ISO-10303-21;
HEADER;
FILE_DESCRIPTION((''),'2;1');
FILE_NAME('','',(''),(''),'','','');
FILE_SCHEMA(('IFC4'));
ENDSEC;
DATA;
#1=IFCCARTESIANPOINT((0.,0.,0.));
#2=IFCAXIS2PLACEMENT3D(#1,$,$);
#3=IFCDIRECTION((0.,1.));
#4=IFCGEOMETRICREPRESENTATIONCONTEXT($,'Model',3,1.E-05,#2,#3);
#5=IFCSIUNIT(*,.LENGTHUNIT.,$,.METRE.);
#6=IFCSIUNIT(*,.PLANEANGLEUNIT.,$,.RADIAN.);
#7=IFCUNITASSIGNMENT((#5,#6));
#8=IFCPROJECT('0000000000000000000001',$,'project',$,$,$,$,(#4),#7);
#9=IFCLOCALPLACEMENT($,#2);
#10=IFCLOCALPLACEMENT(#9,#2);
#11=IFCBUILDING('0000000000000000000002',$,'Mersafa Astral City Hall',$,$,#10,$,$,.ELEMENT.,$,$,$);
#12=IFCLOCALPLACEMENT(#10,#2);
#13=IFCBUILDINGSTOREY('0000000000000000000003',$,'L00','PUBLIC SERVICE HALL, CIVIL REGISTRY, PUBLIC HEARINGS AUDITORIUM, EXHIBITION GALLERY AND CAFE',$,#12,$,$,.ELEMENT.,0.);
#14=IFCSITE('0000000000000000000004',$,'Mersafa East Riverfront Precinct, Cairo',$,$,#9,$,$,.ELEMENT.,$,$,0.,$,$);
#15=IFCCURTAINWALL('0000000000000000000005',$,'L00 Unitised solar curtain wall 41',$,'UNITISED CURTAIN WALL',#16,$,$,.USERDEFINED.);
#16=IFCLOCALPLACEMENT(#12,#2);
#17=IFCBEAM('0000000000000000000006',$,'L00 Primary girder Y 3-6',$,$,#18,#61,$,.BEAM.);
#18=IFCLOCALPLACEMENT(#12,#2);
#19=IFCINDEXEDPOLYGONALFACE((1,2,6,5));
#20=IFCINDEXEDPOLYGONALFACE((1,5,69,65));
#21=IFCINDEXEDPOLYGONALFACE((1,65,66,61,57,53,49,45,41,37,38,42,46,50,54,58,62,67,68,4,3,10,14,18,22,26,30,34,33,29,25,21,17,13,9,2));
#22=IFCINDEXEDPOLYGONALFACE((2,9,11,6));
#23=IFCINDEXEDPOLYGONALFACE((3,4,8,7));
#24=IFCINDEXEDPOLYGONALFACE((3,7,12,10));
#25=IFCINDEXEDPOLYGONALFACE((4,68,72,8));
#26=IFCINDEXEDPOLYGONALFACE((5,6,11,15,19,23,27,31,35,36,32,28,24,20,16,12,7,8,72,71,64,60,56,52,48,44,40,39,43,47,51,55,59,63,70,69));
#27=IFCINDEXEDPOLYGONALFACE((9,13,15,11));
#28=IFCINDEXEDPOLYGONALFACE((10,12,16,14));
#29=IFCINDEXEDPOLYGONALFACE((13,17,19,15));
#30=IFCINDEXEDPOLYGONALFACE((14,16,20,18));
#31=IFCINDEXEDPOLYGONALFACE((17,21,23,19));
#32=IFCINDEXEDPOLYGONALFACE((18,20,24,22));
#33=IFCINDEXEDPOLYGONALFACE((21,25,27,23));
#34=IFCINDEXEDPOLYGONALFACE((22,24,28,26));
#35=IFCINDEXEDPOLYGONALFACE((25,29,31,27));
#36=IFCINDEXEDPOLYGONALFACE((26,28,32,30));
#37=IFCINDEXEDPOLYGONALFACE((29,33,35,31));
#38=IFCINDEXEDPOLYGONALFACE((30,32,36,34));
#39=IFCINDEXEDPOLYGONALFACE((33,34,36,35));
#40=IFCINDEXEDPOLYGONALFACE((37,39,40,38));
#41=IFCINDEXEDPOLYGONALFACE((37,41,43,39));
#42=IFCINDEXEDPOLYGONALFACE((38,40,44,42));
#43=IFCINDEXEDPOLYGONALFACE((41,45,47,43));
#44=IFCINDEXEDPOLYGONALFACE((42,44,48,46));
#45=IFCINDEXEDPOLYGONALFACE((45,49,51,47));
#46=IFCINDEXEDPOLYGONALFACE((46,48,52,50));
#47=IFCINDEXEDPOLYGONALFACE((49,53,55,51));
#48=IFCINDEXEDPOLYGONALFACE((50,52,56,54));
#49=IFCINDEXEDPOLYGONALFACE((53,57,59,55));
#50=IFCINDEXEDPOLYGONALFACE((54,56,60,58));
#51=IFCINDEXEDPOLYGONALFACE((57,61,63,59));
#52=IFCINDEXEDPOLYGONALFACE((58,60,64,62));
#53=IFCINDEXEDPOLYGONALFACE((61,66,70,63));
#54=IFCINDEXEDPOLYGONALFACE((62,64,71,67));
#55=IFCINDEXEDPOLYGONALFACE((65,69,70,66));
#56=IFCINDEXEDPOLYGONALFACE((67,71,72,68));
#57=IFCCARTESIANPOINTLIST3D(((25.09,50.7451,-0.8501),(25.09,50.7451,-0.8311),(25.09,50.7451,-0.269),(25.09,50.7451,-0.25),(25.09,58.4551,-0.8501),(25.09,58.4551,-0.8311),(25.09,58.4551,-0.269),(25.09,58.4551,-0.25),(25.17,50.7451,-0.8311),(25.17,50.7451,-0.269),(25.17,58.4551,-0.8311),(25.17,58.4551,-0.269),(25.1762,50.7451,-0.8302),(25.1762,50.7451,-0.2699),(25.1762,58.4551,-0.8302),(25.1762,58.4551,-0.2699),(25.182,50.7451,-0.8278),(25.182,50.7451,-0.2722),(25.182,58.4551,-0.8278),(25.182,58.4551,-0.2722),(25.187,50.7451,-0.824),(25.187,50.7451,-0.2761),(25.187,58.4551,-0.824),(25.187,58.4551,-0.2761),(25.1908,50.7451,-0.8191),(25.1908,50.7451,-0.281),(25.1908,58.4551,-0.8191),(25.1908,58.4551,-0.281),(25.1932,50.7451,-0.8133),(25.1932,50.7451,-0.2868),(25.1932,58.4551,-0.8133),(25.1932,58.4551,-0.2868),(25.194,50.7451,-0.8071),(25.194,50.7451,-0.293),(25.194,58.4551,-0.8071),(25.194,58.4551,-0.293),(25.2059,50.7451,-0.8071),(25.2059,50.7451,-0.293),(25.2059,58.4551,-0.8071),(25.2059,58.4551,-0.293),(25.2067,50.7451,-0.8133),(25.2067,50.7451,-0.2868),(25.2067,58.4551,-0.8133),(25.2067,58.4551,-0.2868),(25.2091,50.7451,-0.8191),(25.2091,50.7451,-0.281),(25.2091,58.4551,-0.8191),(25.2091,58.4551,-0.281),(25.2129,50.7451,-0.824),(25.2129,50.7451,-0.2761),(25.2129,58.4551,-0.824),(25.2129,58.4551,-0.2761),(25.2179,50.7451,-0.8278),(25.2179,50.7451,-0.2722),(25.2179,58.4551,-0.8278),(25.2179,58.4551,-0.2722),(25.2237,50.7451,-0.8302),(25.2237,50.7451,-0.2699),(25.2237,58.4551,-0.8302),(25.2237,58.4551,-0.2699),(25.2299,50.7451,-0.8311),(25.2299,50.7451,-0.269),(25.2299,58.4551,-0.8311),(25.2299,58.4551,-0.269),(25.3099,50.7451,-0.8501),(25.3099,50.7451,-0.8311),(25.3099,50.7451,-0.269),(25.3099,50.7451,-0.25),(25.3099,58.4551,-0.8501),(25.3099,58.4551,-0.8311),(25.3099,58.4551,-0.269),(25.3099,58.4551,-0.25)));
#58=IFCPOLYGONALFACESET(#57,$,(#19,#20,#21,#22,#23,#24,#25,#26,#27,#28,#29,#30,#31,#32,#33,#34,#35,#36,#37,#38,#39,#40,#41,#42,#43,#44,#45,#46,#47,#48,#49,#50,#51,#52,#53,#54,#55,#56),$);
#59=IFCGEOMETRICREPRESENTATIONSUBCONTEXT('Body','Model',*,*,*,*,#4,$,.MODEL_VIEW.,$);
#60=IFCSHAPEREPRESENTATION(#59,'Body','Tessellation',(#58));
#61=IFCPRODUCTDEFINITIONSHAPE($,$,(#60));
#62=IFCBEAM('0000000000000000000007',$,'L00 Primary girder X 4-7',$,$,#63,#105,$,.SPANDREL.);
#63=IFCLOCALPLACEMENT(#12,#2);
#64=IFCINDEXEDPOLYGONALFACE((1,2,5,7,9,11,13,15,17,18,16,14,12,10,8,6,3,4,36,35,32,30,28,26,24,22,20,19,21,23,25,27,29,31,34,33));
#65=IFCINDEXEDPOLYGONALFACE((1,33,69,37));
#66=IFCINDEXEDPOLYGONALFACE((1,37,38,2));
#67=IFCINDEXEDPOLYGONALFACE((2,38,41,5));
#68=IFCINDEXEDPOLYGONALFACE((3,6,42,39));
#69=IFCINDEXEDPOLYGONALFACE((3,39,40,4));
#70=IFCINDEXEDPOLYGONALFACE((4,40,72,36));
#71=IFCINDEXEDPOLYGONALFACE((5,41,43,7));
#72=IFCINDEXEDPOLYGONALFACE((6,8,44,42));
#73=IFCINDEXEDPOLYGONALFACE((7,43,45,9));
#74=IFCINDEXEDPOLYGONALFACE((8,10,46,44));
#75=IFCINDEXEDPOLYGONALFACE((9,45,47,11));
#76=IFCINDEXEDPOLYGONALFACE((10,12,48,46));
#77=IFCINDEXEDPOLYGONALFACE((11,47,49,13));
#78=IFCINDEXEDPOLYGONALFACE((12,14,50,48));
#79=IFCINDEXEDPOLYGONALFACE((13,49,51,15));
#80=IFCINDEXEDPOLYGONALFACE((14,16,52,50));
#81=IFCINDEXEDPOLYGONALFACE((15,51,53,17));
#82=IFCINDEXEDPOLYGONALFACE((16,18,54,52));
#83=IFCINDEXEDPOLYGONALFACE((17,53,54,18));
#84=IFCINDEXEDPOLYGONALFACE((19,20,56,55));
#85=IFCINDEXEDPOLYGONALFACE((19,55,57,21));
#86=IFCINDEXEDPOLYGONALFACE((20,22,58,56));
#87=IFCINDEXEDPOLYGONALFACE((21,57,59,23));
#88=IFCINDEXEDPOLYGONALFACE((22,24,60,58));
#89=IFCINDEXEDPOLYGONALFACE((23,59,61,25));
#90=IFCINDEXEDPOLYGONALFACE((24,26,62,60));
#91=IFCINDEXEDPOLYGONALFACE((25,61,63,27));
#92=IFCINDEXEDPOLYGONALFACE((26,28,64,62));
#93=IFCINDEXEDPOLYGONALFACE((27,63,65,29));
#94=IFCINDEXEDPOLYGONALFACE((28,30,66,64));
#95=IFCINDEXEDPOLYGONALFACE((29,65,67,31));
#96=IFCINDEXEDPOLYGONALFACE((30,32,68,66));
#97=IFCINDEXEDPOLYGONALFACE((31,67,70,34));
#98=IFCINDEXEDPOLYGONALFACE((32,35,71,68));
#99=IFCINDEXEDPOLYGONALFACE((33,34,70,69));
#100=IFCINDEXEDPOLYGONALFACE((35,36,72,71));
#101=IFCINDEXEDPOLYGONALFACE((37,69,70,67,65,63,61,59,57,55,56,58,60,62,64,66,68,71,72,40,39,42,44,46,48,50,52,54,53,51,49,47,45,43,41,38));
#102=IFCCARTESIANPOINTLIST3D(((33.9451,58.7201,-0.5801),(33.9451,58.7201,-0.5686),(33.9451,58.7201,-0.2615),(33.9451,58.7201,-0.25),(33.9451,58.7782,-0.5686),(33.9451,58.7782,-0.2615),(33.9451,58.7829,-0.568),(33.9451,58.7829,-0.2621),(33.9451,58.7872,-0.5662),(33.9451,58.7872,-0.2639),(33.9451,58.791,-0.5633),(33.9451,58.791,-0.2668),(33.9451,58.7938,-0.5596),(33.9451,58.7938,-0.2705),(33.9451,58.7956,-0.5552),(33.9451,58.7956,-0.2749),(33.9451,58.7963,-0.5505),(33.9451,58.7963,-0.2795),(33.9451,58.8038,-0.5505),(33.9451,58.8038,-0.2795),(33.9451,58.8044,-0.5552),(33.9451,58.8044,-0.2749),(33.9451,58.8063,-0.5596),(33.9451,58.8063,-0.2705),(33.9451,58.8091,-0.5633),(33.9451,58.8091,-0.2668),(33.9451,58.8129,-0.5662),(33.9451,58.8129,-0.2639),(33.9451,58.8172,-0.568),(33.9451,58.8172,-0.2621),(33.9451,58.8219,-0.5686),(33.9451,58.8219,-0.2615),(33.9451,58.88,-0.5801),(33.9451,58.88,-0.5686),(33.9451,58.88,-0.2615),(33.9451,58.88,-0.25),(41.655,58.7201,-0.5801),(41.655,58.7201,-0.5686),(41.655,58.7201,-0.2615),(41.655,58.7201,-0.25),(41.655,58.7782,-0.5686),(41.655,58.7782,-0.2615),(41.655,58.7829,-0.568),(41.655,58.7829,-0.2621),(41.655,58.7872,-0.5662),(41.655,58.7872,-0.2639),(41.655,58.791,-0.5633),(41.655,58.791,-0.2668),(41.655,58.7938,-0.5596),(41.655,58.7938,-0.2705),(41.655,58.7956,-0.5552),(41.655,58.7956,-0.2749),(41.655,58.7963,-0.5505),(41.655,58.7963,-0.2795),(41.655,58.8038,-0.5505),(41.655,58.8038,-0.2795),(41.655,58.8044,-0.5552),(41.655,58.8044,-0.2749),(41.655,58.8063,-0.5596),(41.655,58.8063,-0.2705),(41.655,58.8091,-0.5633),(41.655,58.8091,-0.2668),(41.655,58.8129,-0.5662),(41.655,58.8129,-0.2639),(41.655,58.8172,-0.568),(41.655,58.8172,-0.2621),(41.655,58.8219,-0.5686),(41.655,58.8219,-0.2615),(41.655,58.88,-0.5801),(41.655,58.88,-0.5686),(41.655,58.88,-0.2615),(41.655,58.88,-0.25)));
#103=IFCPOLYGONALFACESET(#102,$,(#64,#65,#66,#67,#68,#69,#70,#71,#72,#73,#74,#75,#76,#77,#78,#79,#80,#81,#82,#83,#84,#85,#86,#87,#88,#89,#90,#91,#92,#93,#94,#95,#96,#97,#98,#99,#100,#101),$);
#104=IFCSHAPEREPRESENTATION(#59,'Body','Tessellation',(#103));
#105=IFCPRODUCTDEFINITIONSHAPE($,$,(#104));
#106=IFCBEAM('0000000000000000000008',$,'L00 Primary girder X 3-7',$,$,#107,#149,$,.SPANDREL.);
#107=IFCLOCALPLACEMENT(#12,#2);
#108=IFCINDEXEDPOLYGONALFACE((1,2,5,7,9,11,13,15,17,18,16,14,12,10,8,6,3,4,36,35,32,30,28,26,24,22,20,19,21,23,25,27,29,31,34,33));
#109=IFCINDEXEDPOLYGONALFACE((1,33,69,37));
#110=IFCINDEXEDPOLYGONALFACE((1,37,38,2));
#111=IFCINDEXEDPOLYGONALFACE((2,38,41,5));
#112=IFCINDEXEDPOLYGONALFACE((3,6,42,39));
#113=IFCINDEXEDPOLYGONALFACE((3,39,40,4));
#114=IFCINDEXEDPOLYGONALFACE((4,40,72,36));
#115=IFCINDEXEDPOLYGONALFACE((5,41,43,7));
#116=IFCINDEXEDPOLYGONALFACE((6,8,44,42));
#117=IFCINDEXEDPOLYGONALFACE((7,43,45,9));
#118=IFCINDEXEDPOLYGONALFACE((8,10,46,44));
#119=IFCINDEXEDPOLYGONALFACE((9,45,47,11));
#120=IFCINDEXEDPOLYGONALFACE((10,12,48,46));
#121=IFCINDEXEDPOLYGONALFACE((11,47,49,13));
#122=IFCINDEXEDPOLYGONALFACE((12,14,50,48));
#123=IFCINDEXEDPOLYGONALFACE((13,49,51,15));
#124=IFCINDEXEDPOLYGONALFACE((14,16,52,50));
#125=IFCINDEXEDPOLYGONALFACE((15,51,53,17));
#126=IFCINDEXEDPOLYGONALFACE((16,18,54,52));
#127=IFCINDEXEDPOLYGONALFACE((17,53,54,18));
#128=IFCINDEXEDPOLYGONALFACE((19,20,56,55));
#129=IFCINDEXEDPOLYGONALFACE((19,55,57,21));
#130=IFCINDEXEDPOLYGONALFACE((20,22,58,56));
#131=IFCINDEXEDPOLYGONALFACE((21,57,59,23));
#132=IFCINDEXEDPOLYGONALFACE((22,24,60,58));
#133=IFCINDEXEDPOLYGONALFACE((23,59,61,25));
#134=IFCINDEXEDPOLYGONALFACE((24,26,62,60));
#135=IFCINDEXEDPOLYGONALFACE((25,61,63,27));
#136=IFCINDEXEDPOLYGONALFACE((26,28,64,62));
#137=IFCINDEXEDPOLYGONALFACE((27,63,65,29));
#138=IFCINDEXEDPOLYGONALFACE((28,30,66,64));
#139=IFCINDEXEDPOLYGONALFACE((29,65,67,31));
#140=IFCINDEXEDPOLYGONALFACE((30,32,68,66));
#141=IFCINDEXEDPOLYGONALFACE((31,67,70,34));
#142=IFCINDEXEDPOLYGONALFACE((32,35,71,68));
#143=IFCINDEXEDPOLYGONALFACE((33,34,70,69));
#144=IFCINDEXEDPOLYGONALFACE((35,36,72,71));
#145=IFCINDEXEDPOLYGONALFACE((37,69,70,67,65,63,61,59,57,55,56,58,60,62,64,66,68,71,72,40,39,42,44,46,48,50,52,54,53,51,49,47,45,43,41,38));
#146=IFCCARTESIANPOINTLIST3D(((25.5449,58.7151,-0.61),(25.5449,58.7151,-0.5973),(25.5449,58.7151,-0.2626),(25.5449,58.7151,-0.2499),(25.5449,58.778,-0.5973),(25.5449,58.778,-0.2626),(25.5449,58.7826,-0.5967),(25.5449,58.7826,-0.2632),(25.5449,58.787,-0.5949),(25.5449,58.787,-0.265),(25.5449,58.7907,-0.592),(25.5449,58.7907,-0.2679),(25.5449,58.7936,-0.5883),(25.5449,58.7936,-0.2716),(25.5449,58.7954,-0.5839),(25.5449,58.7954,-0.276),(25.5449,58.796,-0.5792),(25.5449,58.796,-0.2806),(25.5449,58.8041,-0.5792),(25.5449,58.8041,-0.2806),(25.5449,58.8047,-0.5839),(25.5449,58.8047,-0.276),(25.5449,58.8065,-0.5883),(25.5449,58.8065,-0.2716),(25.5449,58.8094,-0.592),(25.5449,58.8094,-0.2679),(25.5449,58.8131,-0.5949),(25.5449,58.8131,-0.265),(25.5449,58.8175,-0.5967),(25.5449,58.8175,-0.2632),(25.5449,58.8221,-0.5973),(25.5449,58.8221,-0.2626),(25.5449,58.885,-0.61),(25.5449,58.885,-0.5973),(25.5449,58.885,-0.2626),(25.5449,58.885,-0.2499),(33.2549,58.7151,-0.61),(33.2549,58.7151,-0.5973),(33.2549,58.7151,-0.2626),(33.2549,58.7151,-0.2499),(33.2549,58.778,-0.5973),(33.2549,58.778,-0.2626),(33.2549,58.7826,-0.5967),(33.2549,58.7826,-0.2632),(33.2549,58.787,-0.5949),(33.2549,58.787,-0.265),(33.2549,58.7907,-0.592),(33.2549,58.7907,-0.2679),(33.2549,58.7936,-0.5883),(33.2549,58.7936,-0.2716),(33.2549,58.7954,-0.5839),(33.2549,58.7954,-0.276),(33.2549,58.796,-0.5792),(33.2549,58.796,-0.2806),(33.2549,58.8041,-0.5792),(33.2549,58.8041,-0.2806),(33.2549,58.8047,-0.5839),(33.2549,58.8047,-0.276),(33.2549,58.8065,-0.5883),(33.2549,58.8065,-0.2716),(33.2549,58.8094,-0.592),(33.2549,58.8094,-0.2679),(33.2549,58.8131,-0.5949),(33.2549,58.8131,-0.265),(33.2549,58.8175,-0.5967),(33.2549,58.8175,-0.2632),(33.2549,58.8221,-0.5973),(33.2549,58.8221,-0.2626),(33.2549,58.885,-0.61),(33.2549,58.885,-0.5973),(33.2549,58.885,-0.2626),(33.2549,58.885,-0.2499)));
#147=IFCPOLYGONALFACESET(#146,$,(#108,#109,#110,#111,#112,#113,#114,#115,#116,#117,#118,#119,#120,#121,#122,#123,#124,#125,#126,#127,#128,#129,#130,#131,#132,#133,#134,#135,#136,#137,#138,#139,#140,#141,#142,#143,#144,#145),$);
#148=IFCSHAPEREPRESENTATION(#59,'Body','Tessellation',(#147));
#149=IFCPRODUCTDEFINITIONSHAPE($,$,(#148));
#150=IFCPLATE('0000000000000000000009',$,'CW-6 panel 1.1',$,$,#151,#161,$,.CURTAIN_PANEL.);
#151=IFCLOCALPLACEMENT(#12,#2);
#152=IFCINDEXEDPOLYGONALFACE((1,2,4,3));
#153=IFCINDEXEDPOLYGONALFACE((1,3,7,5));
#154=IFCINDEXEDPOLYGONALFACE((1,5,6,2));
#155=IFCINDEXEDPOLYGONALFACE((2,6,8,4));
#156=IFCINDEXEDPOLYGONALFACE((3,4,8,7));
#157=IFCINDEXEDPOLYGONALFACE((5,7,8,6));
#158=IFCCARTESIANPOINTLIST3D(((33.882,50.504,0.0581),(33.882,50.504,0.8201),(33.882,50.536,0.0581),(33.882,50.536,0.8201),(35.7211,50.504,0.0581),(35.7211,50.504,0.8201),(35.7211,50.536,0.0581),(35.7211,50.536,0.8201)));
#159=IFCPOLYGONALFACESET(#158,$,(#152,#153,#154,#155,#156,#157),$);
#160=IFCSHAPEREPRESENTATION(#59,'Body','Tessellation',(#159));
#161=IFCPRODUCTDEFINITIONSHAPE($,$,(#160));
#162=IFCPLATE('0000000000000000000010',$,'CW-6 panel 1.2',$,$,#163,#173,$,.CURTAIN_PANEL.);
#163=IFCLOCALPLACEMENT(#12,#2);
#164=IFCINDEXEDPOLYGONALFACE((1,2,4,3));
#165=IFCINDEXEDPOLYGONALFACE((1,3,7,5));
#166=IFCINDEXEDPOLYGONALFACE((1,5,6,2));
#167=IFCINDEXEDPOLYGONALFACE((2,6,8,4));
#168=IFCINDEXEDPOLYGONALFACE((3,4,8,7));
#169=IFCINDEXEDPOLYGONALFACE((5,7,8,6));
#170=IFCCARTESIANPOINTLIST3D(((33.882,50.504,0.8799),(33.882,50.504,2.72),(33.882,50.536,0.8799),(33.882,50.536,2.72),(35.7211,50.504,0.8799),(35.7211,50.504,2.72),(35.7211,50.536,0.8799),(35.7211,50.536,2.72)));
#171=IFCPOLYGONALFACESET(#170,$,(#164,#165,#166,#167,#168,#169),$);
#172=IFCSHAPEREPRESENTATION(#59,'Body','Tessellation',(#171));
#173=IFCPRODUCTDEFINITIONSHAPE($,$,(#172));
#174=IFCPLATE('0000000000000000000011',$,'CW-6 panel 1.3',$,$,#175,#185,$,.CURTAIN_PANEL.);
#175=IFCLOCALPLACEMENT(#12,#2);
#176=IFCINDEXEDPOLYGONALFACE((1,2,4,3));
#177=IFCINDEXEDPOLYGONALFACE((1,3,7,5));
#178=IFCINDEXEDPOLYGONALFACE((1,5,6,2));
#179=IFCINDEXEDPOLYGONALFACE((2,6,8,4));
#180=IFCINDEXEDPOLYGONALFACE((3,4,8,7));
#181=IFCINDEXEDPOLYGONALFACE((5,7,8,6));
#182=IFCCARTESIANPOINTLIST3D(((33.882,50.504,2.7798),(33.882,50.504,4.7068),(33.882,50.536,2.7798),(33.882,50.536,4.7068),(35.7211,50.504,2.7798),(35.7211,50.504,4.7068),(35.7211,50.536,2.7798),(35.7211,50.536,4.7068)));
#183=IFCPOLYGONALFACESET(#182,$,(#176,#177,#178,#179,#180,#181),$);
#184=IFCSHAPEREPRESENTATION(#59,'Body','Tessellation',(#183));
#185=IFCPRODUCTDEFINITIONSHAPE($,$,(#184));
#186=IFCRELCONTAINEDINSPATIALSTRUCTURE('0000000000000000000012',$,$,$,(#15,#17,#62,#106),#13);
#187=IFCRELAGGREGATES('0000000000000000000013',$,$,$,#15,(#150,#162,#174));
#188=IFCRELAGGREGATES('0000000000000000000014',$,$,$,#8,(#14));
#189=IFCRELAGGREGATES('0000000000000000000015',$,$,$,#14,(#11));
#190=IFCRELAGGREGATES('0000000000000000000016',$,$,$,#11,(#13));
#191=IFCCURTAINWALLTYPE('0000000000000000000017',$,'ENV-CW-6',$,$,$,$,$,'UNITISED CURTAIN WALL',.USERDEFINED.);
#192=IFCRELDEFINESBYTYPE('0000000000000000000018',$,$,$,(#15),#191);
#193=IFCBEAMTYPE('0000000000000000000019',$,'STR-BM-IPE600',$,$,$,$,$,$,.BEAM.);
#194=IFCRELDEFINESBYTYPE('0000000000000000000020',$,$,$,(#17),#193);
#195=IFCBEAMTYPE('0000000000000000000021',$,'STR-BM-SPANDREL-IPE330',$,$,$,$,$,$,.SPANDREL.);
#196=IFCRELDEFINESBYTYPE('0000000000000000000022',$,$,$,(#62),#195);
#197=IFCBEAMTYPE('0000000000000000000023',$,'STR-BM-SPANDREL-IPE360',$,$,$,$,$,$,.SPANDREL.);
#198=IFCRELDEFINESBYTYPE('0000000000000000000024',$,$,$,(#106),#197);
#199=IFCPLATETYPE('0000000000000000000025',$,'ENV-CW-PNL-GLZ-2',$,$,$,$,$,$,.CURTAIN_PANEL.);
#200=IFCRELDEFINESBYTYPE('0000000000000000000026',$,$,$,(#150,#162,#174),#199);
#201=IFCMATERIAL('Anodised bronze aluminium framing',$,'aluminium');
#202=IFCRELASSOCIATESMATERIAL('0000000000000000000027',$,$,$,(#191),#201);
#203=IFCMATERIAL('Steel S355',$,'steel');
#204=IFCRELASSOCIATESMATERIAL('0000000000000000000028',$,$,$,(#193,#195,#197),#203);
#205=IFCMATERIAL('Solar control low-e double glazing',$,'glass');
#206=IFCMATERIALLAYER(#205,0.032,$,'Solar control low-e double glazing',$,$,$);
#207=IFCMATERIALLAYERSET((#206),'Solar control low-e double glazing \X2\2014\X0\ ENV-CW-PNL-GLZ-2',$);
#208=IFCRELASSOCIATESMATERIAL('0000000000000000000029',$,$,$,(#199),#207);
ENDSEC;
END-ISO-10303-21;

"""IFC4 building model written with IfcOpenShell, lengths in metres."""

from ifc_helpers import new_model, si_unit, direction, frame, origin, origin_2d, place, context, subcontext, project, spatial, rectangle, i_section, extrude, material, layer, layer_set, material_profile, profile_set, type_object, element, aggregate, save


model = new_model("IFC4")

# Units and contexts
model_context = context("Model", 3, precision=1e-05, world=origin(), true_north=direction((0.0, 1.0)))
body_context = subcontext(model_context, "Body", "Model", "MODEL_VIEW")
ifc_project = project(units=[si_unit("LENGTHUNIT", "METRE"), si_unit("PLANEANGLEUNIT", "RADIAN")], contexts=[model_context])

# Site, building, storey
site_placement = place(None, origin())
site = spatial("IfcSite", under=ifc_project, at=site_placement, Name="Mersafa East Riverfront Precinct, Cairo", CompositionType="ELEMENT", RefElevation=0.0)
building_placement = place(site_placement, origin())
building = spatial("IfcBuilding", under=site, at=building_placement, Name="Mersafa Astral City Hall", CompositionType="ELEMENT")
storey_placement = place(building_placement, origin())
storey = spatial("IfcBuildingStorey", under=building, at=storey_placement, Name="L00", Description="PUBLIC SERVICE HALL, CIVIL REGISTRY, PUBLIC HEARINGS AUDITORIUM, EXHIBITION GALLERY AND CAFE", CompositionType="ELEMENT", Elevation=0.0)

# Shared definitions
ifc_material_1 = material(Name="Steel S355", Category="steel")

# Curtain wall
ifc_material_2 = material(Name="Anodised bronze aluminium framing", Category="aluminium")
curtain_wall_type = type_object("IfcCurtainWallType", Name="ENV-CW-6", ElementType="UNITISED CURTAIN WALL", PredefinedType="USERDEFINED", material=ifc_material_2)
curtain_wall_placement = place(storey_placement, origin())
curtain_wall = element("IfcCurtainWall", 1, at=curtain_wall_placement, inside=storey, type_object=curtain_wall_type, Name="L00 Unitised solar curtain wall 41", ObjectType="UNITISED CURTAIN WALL", PredefinedType="USERDEFINED")

# Beams
ifc_material_profile_1 = material_profile(ifc_material_1, i_section(OverallWidth=0.22, OverallDepth=0.6001, WebThickness=0.012, FlangeThickness=0.019, FilletRadius=0.0239, at=origin_2d()), Name="IPE 600")
ifc_profile_set_1 = profile_set([ifc_material_profile_1], Name="Steel S355")
beam_type_1 = type_object("IfcBeamType", Name="STR-BM-IPE600", PredefinedType="BEAM", material=ifc_profile_set_1)
beam_1_placement = place(storey_placement, frame((25.2, 50.7451, -0.55), z_axis=(0.0, 1.0, 0.0), x_axis=(-1.0, 0.0, 0.0)))
element("IfcBeam", 2, at=beam_1_placement, inside=storey, type_object=beam_type_1, Name="L00 Primary girder Y 3-6", PredefinedType="BEAM", context=body_context, shape_type="SweptSolid", body=[
    extrude(i_section(OverallWidth=0.22, OverallDepth=0.6001, WebThickness=0.012, FlangeThickness=0.019, FilletRadius=0.0239, at=origin_2d()), origin(), (0.0, 0.0, 1.0), 7.71),
])
ifc_material_profile_2 = material_profile(ifc_material_1, i_section(OverallWidth=0.1599, OverallDepth=0.3301, WebThickness=0.0076, FlangeThickness=0.0115, FilletRadius=0.0181, at=origin_2d()), Name="IPE 330")
ifc_profile_set_2 = profile_set([ifc_material_profile_2], Name="Steel S355")
beam_type_2 = type_object("IfcBeamType", Name="STR-BM-SPANDREL-IPE330", PredefinedType="SPANDREL", material=ifc_profile_set_2)
beam_2_placement = place(storey_placement, frame((33.9451, 58.8, -0.415), z_axis=(1.0, 0.0, 0.0), x_axis=(0.0, 1.0, 0.0)))
element("IfcBeam", 3, at=beam_2_placement, inside=storey, type_object=beam_type_2, Name="L00 Primary girder X 4-7", PredefinedType="SPANDREL", context=body_context, shape_type="SweptSolid", body=[
    extrude(i_section(OverallWidth=0.1599, OverallDepth=0.3301, WebThickness=0.0076, FlangeThickness=0.0115, FilletRadius=0.0181, at=origin_2d()), origin(), (0.0, 0.0, 1.0), 7.71),
])
ifc_material_profile_3 = material_profile(ifc_material_1, i_section(OverallWidth=0.1699, OverallDepth=0.3601, WebThickness=0.0081, FlangeThickness=0.0127, FilletRadius=0.0181, at=origin_2d()), Name="IPE 360")
ifc_profile_set_3 = profile_set([ifc_material_profile_3], Name="Steel S355")
beam_type_3 = type_object("IfcBeamType", Name="STR-BM-SPANDREL-IPE360", PredefinedType="SPANDREL", material=ifc_profile_set_3)
beam_3_placement = place(storey_placement, frame((25.5449, 58.8, -0.4299), z_axis=(1.0, 0.0, 0.0), x_axis=(0.0, 1.0, 0.0)))
element("IfcBeam", 4, at=beam_3_placement, inside=storey, type_object=beam_type_3, Name="L00 Primary girder X 3-7", PredefinedType="SPANDREL", context=body_context, shape_type="SweptSolid", body=[
    extrude(i_section(OverallWidth=0.1699, OverallDepth=0.3601, WebThickness=0.0081, FlangeThickness=0.0127, FilletRadius=0.0181, at=origin_2d()), origin(), (0.0, 0.0, 1.0), 7.71),
])

# Plates
ifc_material_3 = material(Name="Solar control low-e double glazing", Category="glass")
ifc_layer_1 = layer(ifc_material_3, 0.032, Name="Solar control low-e double glazing")
ifc_layer_set_1 = layer_set([ifc_layer_1], Name="Solar control low-e double glazing — ENV-CW-PNL-GLZ-2")
plate_type = type_object("IfcPlateType", Name="ENV-CW-PNL-GLZ-2", PredefinedType="CURTAIN_PANEL", material=ifc_layer_set_1)
plate_1_placement = place(storey_placement, frame((34.8015, 50.52, 0.0581), z_axis=(0.0, 0.0, 1.0), x_axis=(1.0, 0.0, 0.0)))
plate_1 = element("IfcPlate", 5, at=plate_1_placement, type_object=plate_type, Name="CW-6 panel 1.1", PredefinedType="CURTAIN_PANEL", context=body_context, shape_type="SweptSolid", body=[
    extrude(rectangle(XDim=1.8391, YDim=0.032, at=origin_2d()), origin(), (0.0, 0.0, 1.0), 0.762),
])
plate_2_placement = place(storey_placement, frame((34.8015, 50.52, 0.8799), z_axis=(0.0, 0.0, 1.0), x_axis=(1.0, 0.0, 0.0)))
plate_2 = element("IfcPlate", 6, at=plate_2_placement, type_object=plate_type, Name="CW-6 panel 1.2", PredefinedType="CURTAIN_PANEL", context=body_context, shape_type="SweptSolid", body=[
    extrude(rectangle(XDim=1.8391, YDim=0.032, at=origin_2d()), origin(), (0.0, 0.0, 1.0), 1.8401),
])
plate_3_placement = place(storey_placement, frame((34.8015, 50.52, 2.7798), z_axis=(0.0, 0.0, 1.0), x_axis=(1.0, 0.0, 0.0)))
plate_3 = element("IfcPlate", 7, at=plate_3_placement, type_object=plate_type, Name="CW-6 panel 1.3", PredefinedType="CURTAIN_PANEL", context=body_context, shape_type="SweptSolid", body=[
    extrude(rectangle(XDim=1.8391, YDim=0.032, at=origin_2d()), origin(), (0.0, 0.0, 1.0), 1.927),
])
aggregate(curtain_wall, [plate_1, plate_2, plate_3])

save(model, "model.ifc")
